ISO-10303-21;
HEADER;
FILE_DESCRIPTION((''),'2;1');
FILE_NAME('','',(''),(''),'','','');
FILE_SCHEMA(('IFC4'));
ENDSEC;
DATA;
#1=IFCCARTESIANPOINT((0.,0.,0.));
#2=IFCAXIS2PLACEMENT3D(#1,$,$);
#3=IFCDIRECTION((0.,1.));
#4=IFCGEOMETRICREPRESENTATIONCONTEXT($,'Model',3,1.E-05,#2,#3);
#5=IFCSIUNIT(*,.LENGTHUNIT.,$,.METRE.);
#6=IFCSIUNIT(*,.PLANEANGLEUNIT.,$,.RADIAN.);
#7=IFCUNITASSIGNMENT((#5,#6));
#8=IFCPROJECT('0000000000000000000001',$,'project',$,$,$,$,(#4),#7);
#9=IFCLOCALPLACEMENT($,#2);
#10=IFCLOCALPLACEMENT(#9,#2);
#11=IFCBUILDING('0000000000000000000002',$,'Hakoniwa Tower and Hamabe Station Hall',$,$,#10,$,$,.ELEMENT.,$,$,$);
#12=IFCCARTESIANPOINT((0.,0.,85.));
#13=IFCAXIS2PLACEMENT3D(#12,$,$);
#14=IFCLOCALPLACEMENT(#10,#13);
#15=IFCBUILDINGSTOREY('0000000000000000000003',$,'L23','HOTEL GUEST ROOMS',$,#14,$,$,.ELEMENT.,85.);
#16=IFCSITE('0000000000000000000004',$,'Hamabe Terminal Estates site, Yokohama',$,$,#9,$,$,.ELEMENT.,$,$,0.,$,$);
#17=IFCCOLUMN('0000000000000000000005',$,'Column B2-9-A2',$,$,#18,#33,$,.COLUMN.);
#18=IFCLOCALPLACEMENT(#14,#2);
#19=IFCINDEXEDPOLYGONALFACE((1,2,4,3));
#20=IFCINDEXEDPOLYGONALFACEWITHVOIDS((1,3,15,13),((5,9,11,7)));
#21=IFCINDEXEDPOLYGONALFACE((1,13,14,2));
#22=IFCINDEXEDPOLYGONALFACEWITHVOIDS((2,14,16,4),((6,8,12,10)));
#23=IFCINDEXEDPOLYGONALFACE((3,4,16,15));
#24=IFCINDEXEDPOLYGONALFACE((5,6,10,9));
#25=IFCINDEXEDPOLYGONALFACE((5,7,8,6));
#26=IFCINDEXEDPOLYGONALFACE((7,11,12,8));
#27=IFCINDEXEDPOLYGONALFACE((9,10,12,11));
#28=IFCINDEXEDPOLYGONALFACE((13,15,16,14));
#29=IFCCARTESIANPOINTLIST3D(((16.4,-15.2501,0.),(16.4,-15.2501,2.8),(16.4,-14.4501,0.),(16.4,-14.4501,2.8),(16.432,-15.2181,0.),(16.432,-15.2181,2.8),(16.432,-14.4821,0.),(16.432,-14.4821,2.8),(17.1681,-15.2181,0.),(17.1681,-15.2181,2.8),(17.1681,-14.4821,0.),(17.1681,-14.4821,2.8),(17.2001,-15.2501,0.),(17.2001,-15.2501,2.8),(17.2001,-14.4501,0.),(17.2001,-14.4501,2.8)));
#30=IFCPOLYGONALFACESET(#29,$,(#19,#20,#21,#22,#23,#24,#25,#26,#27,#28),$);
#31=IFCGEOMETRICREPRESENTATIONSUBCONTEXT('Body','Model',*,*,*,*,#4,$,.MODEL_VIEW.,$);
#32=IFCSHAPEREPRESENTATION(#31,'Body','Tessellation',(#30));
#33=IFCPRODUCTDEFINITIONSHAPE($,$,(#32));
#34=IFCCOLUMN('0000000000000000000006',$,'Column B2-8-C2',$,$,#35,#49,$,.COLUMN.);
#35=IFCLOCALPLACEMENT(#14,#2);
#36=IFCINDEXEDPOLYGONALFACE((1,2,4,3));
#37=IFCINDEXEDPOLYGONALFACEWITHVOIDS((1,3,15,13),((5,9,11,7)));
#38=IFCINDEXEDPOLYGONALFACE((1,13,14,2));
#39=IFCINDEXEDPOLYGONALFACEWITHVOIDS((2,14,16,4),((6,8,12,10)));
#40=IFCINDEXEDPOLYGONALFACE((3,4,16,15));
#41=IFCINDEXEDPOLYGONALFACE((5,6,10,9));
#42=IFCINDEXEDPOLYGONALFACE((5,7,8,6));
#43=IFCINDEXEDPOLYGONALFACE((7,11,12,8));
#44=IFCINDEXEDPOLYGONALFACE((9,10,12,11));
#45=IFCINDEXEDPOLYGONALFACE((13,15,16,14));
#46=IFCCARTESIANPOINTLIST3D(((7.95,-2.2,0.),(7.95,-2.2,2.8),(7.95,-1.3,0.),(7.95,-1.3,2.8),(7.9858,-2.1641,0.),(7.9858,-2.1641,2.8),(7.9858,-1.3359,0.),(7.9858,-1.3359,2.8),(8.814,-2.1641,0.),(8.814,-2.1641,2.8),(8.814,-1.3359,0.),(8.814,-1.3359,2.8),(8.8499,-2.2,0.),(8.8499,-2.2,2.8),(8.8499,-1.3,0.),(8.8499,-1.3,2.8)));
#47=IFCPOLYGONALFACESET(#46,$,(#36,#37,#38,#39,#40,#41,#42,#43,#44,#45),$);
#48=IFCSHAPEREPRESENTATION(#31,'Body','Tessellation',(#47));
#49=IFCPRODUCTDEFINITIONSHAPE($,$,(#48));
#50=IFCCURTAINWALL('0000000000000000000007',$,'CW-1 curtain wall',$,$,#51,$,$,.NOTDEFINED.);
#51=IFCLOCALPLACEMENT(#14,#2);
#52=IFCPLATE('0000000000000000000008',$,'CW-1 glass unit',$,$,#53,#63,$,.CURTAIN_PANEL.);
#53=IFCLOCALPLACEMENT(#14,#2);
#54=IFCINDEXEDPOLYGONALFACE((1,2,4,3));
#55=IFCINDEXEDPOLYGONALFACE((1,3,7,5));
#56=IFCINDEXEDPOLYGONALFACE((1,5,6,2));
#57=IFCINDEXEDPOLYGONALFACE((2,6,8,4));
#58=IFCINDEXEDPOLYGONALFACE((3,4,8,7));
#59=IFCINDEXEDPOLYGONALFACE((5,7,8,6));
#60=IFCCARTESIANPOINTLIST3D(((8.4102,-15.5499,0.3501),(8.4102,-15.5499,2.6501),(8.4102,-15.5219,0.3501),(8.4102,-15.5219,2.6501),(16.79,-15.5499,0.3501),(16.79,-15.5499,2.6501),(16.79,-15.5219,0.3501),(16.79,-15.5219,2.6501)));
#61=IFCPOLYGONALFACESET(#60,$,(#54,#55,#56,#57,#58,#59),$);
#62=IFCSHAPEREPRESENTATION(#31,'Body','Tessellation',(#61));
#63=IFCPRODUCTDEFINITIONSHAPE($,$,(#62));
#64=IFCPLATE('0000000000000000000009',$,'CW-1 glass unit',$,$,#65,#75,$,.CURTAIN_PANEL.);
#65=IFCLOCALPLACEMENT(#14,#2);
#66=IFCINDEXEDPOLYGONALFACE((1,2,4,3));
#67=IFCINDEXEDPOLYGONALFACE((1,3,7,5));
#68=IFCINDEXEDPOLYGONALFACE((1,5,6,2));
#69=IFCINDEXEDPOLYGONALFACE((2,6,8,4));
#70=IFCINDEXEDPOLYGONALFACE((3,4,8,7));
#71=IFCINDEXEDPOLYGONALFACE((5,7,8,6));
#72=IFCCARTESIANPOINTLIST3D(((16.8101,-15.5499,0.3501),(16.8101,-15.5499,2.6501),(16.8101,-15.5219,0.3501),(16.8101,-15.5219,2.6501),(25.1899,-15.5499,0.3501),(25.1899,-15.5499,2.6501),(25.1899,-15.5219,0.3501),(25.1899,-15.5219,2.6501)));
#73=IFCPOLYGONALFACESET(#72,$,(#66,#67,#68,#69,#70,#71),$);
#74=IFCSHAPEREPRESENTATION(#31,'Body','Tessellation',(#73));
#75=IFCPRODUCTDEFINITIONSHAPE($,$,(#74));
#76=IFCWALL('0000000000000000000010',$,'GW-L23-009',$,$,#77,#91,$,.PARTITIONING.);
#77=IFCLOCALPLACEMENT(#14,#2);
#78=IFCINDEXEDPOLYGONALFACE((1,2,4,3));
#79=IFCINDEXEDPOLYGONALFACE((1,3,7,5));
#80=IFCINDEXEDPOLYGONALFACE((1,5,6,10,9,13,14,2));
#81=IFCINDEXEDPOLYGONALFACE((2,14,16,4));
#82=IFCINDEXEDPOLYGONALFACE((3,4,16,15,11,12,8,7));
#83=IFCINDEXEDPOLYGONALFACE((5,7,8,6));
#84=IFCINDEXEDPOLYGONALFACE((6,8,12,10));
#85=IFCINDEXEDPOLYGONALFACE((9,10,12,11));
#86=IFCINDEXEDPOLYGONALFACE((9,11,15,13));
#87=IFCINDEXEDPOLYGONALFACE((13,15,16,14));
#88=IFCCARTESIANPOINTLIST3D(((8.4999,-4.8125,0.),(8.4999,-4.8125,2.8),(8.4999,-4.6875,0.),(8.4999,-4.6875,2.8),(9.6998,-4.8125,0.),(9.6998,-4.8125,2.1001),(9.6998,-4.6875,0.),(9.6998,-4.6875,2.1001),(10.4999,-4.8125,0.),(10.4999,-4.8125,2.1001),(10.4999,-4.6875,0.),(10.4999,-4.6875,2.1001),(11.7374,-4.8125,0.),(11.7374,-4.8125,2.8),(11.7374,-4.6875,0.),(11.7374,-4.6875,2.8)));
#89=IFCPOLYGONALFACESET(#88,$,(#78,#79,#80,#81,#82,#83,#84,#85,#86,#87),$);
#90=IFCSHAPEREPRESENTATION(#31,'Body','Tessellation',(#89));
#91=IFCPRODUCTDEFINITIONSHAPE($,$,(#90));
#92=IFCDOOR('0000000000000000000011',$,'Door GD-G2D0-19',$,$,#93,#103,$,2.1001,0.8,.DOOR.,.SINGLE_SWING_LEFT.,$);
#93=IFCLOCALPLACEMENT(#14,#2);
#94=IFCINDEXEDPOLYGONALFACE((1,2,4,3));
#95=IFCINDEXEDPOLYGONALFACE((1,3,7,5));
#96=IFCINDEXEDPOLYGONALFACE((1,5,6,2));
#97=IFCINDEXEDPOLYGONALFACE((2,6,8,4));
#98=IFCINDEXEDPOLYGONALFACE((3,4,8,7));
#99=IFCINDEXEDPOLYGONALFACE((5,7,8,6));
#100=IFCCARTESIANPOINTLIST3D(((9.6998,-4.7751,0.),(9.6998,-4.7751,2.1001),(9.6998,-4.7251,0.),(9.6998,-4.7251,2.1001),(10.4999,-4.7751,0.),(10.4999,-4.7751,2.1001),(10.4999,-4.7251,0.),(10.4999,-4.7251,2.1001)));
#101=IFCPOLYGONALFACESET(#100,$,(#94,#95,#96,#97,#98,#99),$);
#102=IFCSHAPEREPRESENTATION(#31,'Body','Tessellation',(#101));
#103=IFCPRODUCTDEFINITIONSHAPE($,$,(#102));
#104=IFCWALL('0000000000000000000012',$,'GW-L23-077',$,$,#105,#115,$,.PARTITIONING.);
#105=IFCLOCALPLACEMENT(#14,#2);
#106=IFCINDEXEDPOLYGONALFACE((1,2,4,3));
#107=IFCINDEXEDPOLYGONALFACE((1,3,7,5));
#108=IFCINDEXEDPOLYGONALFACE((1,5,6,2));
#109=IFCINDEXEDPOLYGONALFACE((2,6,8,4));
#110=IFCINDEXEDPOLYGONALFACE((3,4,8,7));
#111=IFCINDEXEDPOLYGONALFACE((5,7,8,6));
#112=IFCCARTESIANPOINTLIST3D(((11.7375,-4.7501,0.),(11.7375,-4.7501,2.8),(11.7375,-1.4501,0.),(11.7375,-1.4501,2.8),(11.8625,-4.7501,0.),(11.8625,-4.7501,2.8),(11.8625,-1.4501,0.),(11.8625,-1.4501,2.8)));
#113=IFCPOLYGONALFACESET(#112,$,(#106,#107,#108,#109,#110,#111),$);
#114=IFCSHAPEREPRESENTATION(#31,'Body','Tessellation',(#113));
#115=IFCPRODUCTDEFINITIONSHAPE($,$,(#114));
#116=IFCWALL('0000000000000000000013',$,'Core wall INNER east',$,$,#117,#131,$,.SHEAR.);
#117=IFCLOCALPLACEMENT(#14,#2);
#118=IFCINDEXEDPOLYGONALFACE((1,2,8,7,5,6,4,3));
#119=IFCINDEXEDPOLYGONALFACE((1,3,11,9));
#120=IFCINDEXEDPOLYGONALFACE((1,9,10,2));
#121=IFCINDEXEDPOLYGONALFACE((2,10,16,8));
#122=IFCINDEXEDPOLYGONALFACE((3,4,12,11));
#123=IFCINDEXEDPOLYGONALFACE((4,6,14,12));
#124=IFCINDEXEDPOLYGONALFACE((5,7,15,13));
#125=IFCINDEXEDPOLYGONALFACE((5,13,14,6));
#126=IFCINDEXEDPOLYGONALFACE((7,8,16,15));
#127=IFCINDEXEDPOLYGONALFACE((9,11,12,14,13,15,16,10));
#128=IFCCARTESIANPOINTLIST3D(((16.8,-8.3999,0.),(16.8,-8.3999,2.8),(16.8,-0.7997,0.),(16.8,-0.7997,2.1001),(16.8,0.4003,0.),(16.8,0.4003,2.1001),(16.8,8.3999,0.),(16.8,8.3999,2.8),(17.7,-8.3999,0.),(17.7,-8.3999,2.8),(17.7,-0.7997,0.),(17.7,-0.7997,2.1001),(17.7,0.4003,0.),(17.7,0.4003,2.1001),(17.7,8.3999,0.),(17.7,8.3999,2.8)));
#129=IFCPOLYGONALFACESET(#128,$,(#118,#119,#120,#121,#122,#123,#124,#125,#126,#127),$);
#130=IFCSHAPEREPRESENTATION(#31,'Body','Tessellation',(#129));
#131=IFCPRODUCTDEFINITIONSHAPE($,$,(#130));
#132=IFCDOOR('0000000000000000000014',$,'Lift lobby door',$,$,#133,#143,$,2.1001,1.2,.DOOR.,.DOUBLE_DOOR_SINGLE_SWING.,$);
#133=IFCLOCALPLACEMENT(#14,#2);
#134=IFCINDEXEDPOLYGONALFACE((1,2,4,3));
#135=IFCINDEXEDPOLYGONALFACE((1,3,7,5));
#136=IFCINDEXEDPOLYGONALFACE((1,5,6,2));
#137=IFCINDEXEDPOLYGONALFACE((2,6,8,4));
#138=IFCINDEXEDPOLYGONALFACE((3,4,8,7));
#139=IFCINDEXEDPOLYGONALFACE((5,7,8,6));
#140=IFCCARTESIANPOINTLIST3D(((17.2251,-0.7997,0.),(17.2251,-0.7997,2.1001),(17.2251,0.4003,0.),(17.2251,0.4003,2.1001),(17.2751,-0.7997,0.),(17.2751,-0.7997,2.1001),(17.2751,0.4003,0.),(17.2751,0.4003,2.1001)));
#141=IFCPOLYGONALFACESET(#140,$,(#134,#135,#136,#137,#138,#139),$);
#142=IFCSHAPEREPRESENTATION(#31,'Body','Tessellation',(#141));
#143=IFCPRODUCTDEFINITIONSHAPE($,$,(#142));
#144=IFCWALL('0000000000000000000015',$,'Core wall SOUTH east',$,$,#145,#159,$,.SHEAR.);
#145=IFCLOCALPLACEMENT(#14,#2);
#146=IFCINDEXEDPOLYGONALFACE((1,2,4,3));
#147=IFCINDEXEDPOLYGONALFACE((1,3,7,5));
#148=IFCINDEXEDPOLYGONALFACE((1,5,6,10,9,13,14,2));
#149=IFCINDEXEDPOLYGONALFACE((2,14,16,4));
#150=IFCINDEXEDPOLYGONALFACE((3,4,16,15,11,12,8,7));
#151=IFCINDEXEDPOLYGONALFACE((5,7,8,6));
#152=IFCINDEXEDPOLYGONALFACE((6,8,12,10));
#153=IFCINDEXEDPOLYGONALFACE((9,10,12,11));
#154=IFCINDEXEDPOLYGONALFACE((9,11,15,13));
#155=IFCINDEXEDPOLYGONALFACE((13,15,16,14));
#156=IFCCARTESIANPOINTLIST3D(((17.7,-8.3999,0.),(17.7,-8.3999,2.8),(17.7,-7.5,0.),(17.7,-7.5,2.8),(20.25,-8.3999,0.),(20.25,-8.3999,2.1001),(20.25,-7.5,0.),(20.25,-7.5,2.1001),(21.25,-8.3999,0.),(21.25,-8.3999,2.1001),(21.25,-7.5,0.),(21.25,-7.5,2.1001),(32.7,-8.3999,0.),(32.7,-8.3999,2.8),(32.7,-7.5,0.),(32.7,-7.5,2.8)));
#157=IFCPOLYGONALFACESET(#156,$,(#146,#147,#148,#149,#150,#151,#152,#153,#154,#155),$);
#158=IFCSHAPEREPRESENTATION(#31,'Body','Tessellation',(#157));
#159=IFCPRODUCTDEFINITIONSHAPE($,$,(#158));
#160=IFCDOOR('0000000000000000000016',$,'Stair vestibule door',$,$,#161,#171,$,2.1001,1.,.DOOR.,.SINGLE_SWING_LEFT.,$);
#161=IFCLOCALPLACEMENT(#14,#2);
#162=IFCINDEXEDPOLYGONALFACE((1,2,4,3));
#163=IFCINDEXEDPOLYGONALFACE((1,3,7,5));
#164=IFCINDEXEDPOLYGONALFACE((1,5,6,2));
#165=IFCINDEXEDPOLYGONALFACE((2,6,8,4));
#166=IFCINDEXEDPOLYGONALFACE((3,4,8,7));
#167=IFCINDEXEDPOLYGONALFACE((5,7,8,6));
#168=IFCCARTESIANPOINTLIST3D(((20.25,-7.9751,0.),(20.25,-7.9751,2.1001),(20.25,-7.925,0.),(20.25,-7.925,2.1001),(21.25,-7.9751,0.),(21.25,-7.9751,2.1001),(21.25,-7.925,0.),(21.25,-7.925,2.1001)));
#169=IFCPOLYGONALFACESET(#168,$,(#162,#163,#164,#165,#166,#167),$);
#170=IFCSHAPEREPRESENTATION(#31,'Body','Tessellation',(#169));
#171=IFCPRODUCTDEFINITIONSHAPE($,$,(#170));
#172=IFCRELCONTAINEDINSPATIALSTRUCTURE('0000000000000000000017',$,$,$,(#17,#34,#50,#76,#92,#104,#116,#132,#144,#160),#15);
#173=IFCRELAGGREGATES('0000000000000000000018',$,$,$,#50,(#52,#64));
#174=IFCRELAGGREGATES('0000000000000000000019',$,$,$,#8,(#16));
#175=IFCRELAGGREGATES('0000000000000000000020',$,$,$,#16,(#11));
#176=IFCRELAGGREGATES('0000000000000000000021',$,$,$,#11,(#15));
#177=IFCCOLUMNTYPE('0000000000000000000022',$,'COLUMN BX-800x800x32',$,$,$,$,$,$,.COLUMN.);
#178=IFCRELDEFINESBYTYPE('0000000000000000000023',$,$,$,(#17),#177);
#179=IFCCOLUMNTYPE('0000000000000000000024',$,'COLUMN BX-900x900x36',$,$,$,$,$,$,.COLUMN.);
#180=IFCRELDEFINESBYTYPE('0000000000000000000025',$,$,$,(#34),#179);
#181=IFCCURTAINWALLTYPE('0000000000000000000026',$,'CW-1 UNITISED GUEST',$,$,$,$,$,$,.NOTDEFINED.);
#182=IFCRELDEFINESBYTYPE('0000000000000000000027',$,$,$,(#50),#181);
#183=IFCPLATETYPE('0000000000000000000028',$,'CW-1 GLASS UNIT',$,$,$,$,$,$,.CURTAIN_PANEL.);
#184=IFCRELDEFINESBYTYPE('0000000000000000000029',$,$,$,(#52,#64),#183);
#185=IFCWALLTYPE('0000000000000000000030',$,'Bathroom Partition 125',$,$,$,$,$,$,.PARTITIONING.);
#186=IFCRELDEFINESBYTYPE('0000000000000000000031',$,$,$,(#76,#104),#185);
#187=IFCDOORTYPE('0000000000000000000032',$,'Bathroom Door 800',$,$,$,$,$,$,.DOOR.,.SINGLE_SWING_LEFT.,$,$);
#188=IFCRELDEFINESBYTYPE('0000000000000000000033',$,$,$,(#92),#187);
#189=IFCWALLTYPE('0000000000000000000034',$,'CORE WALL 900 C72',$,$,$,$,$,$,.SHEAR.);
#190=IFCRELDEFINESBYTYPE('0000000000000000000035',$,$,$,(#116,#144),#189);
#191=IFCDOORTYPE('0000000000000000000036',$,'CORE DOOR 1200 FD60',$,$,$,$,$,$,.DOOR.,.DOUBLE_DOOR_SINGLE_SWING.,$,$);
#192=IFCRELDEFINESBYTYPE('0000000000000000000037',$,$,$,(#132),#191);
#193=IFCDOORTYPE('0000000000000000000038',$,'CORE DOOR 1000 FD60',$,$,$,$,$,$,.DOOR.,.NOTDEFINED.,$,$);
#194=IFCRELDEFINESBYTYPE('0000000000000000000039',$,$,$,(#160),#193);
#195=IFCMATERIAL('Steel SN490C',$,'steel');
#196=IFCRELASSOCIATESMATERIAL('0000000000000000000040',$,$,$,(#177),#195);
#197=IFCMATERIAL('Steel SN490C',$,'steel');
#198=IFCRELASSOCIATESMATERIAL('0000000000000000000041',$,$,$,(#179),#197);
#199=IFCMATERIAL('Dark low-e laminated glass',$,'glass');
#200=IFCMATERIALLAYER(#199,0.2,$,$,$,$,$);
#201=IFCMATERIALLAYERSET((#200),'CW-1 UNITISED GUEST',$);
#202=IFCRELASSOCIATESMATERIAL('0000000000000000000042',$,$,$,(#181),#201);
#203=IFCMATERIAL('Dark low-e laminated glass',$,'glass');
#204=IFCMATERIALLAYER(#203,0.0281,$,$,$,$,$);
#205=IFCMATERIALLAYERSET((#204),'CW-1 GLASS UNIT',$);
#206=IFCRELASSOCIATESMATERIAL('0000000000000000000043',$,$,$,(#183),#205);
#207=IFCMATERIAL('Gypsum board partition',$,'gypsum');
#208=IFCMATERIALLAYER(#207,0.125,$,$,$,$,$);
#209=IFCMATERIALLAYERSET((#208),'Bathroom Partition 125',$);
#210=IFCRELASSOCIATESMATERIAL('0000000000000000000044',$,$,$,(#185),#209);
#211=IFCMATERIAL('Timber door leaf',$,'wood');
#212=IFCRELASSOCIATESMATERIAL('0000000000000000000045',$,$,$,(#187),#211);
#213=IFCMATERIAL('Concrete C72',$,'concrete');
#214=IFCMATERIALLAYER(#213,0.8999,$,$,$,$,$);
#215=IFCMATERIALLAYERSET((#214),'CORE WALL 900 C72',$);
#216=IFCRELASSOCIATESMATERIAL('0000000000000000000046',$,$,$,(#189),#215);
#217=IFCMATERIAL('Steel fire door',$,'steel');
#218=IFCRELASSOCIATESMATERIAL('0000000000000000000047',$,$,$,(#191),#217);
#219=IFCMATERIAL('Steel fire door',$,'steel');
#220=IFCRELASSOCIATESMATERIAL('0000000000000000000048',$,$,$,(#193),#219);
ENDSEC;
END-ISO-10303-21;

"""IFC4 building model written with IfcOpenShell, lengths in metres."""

from ifc_helpers import new_model, si_unit, direction, frame, frame_2d, origin, origin_2d, place, context, subcontext, project, spatial, rectangle, hollow_rectangle, extrude, material, layer, layer_set, material_profile, profile_set, type_object, element, fill, aggregate, save


model = new_model("IFC4")

# Units and contexts
model_context = context("Model", 3, precision=1e-05, world=origin(), true_north=direction((0.0, 1.0)))
body_context = subcontext(model_context, "Body", "Model", "MODEL_VIEW")
ifc_project = project(units=[si_unit("LENGTHUNIT", "METRE"), si_unit("PLANEANGLEUNIT", "RADIAN")], contexts=[model_context])

# Site, building, storey
site_placement = place(None, origin())
site = spatial("IfcSite", under=ifc_project, at=site_placement, Name="Hamabe Terminal Estates site, Yokohama", CompositionType="ELEMENT", RefElevation=0.0)
building_placement = place(site_placement, origin())
building = spatial("IfcBuilding", under=site, at=building_placement, Name="Hakoniwa Tower and Hamabe Station Hall", CompositionType="ELEMENT")
storey_placement = place(building_placement, frame((0.0, 0.0, 85.0)))
storey = spatial("IfcBuildingStorey", under=building, at=storey_placement, Name="L23", Description="HOTEL GUEST ROOMS", CompositionType="ELEMENT", Elevation=85.0)

# Columns
ifc_material_1 = material(Name="Steel SN490C", Category="steel")
ifc_material_profile_1 = material_profile(ifc_material_1, hollow_rectangle(XDim=0.8, YDim=0.8, WallThickness=0.032, at=origin_2d()), Name="BX-800x800x32")
ifc_profile_set_1 = profile_set([ifc_material_profile_1], Name="Steel SN490C")
column_type_1 = type_object("IfcColumnType", Name="COLUMN BX-800x800x32", PredefinedType="COLUMN", material=ifc_profile_set_1)
column_1_placement = place(storey_placement, frame((16.8, -14.8501, 0.0), z_axis=(0.0, 0.0, 1.0), x_axis=(1.0, 0.0, 0.0)))
element("IfcColumn", 1, at=column_1_placement, inside=storey, type_object=column_type_1, Name="Column B2-9-A2", PredefinedType="COLUMN", context=body_context, shape_type="SweptSolid", body=[
    extrude(hollow_rectangle(XDim=0.8, YDim=0.8, WallThickness=0.032, at=origin_2d()), origin(), (0.0, 0.0, 1.0), 2.8),
])
ifc_material_2 = material(Name="Steel SN490C", Category="steel")
ifc_material_profile_2 = material_profile(ifc_material_2, hollow_rectangle(XDim=0.8999, YDim=0.8999, WallThickness=0.0359, at=origin_2d()), Name="BX-900x900x36")
ifc_profile_set_2 = profile_set([ifc_material_profile_2], Name="Steel SN490C")
column_type_2 = type_object("IfcColumnType", Name="COLUMN BX-900x900x36", PredefinedType="COLUMN", material=ifc_profile_set_2)
column_2_placement = place(storey_placement, frame((8.3999, -1.75, 0.0), z_axis=(0.0, 0.0, 1.0), x_axis=(1.0, 0.0, 0.0)))
element("IfcColumn", 2, at=column_2_placement, inside=storey, type_object=column_type_2, Name="Column B2-8-C2", PredefinedType="COLUMN", context=body_context, shape_type="SweptSolid", body=[
    extrude(hollow_rectangle(XDim=0.8999, YDim=0.8999, WallThickness=0.0359, at=origin_2d()), origin(), (0.0, 0.0, 1.0), 2.8),
])

# Curtain wall, plates
ifc_material_3 = material(Name="Dark low-e laminated glass", Category="glass")
ifc_layer_1 = layer(ifc_material_3, 0.2)
ifc_layer_set_1 = layer_set([ifc_layer_1], Name="CW-1 UNITISED GUEST")
curtain_wall_type = type_object("IfcCurtainWallType", Name="CW-1 UNITISED GUEST", PredefinedType="NOTDEFINED", material=ifc_layer_set_1)
curtain_wall_placement = place(storey_placement, origin())
curtain_wall = element("IfcCurtainWall", 3, at=curtain_wall_placement, inside=storey, type_object=curtain_wall_type, Name="CW-1 curtain wall", PredefinedType="NOTDEFINED")
ifc_material_4 = material(Name="Dark low-e laminated glass", Category="glass")
ifc_layer_2 = layer(ifc_material_4, 0.0281)
ifc_layer_set_2 = layer_set([ifc_layer_2], Name="CW-1 GLASS UNIT")
plate_type = type_object("IfcPlateType", Name="CW-1 GLASS UNIT", PredefinedType="CURTAIN_PANEL", material=ifc_layer_set_2)
plate_1_placement = place(storey_placement, frame((12.6001, -15.5359, 0.3501), z_axis=(0.0, 0.0, 1.0), x_axis=(1.0, 0.0, 0.0)))
plate_1 = element("IfcPlate", 4, at=plate_1_placement, type_object=plate_type, Name="CW-1 glass unit", PredefinedType="CURTAIN_PANEL", context=body_context, shape_type="SweptSolid", body=[
    extrude(rectangle(XDim=8.3799, YDim=0.0281, at=origin_2d()), origin(), (0.0, 0.0, 1.0), 2.3),
])
plate_2_placement = place(storey_placement, frame((21.0, -15.5359, 0.3501), z_axis=(0.0, 0.0, 1.0), x_axis=(1.0, 0.0, 0.0)))
plate_2 = element("IfcPlate", 5, at=plate_2_placement, type_object=plate_type, Name="CW-1 glass unit", PredefinedType="CURTAIN_PANEL", context=body_context, shape_type="SweptSolid", body=[
    extrude(rectangle(XDim=8.3799, YDim=0.0281, at=origin_2d()), origin(), (0.0, 0.0, 1.0), 2.3),
])
aggregate(curtain_wall, [plate_1, plate_2])

# Wall, opening, door
ifc_material_5 = material(Name="Gypsum board partition", Category="gypsum")
ifc_layer_3 = layer(ifc_material_5, 0.125)
ifc_layer_set_3 = layer_set([ifc_layer_3], Name="Bathroom Partition 125")
wall_type_1 = type_object("IfcWallType", Name="Bathroom Partition 125", PredefinedType="PARTITIONING", material=ifc_layer_set_3)
wall_1_placement = place(storey_placement, frame((8.5, -4.75, 0.0), z_axis=(0.0, 0.0, 1.0), x_axis=(1.0, 0.0, 0.0)))
wall_1 = element("IfcWall", 6, at=wall_1_placement, inside=storey, type_object=wall_type_1, Name="GW-L23-009", PredefinedType="PARTITIONING", context=body_context, shape_type="SweptSolid", body=[
    extrude(rectangle(XDim=3.2375, YDim=0.125, at=frame_2d((1.6187, 0.0))), origin(), (0.0, 0.0, 1.0), 2.8),
])
opening_1_placement = place(wall_1_placement, frame((1.2, 0.0, 0.0)))
opening_1 = element("IfcOpeningElement", 7, at=opening_1_placement, cuts=wall_1, PredefinedType="OPENING", context=body_context, shape_type="SweptSolid", body=[
    extrude(rectangle(XDim=0.8, YDim=2.1001, at=frame_2d((0.3999, 1.05))), frame((0.0, 0.0725, 0.0), z_axis=(0.0, -1.0, 0.0), x_axis=(1.0, 0.0, 0.0)), (0.0, 0.0, 1.0), 0.145),
])
ifc_material_6 = material(Name="Timber door leaf", Category="wood")
door_type_1 = type_object("IfcDoorType", Name="Bathroom Door 800", OperationType="SINGLE_SWING_LEFT", PredefinedType="DOOR", material=ifc_material_6)
door_1_placement = place(opening_1_placement, origin())
door_1 = element("IfcDoor", 8, at=door_1_placement, inside=storey, type_object=door_type_1, Name="Door GD-G2D0-19", OperationType="SINGLE_SWING_LEFT", OverallHeight=2.1001, OverallWidth=0.8, PredefinedType="DOOR", context=body_context, shape_type="SweptSolid", body=[
    extrude(rectangle(XDim=0.8, YDim=2.1001, at=frame_2d((0.3999, 1.05))), frame((0.0, 0.0249, 0.0), z_axis=(0.0, -1.0, 0.0), x_axis=(1.0, 0.0, 0.0)), (0.0, 0.0, 1.0), 0.05),
])
fill(opening_1, door_1)

# Wall
wall_2_placement = place(storey_placement, frame((11.8, -4.75, 0.0), z_axis=(0.0, 0.0, 1.0), x_axis=(0.0, 1.0, 0.0)))
element("IfcWall", 9, at=wall_2_placement, inside=storey, type_object=wall_type_1, Name="GW-L23-077", PredefinedType="PARTITIONING", context=body_context, shape_type="SweptSolid", body=[
    extrude(rectangle(XDim=3.3, YDim=0.125, at=frame_2d((1.6499, 0.0))), origin(), (0.0, 0.0, 1.0), 2.8),
])

# Walls, openings, doors
ifc_material_7 = material(Name="Concrete C72", Category="concrete")
ifc_layer_4 = layer(ifc_material_7, 0.8999)
ifc_layer_set_4 = layer_set([ifc_layer_4], Name="CORE WALL 900 C72")
wall_type_2 = type_object("IfcWallType", Name="CORE WALL 900 C72", PredefinedType="SHEAR", material=ifc_layer_set_4)
wall_3_placement = place(storey_placement, frame((17.25, -8.3999, 0.0), z_axis=(0.0, 0.0, 1.0), x_axis=(0.0, 1.0, 0.0)))
wall_3 = element("IfcWall", 10, at=wall_3_placement, inside=storey, type_object=wall_type_2, Name="Core wall INNER east", PredefinedType="SHEAR", context=body_context, shape_type="SweptSolid", body=[
    extrude(rectangle(XDim=16.7998, YDim=0.8999, at=frame_2d((8.3999, 0.0))), origin(), (0.0, 0.0, 1.0), 2.8),
])
opening_2_placement = place(wall_3_placement, frame((7.6001, 0.0, 0.0)))
opening_2 = element("IfcOpeningElement", 11, at=opening_2_placement, cuts=wall_3, PredefinedType="OPENING", context=body_context, shape_type="SweptSolid", body=[
    extrude(rectangle(XDim=1.2, YDim=2.1001, at=frame_2d((0.6001, 1.05))), frame((0.0, 0.46, 0.0), z_axis=(0.0, -1.0, 0.0), x_axis=(1.0, 0.0, 0.0)), (0.0, 0.0, 1.0), 0.9199),
])
ifc_material_8 = material(Name="Steel fire door", Category="steel")
door_type_2 = type_object("IfcDoorType", Name="CORE DOOR 1200 FD60", OperationType="DOUBLE_DOOR_SINGLE_SWING", PredefinedType="DOOR", material=ifc_material_8)
door_2_placement = place(opening_2_placement, origin())
door_2 = element("IfcDoor", 12, at=door_2_placement, inside=storey, type_object=door_type_2, Name="Lift lobby door", OperationType="DOUBLE_DOOR_SINGLE_SWING", OverallHeight=2.1001, OverallWidth=1.2, PredefinedType="DOOR", context=body_context, shape_type="SweptSolid", body=[
    extrude(rectangle(XDim=1.2, YDim=2.1001, at=frame_2d((0.6001, 1.05))), frame((0.0, 0.0249, 0.0), z_axis=(0.0, -1.0, 0.0), x_axis=(1.0, 0.0, 0.0)), (0.0, 0.0, 1.0), 0.05),
])
fill(opening_2, door_2)
wall_4_placement = place(storey_placement, frame((17.7, -7.95, 0.0), z_axis=(0.0, 0.0, 1.0), x_axis=(1.0, 0.0, 0.0)))
wall_4 = element("IfcWall", 13, at=wall_4_placement, inside=storey, type_object=wall_type_2, Name="Core wall SOUTH east", PredefinedType="SHEAR", context=body_context, shape_type="SweptSolid", body=[
    extrude(rectangle(XDim=15.0, YDim=0.8999, at=frame_2d((7.5, 0.0))), origin(), (0.0, 0.0, 1.0), 2.8),
])
opening_3_placement = place(wall_4_placement, frame((2.55, 0.0, 0.0)))
opening_3 = element("IfcOpeningElement", 14, at=opening_3_placement, cuts=wall_4, PredefinedType="OPENING", context=body_context, shape_type="SweptSolid", body=[
    extrude(rectangle(XDim=1.0, YDim=2.1001, at=frame_2d((0.5, 1.05))), frame((0.0, 0.46, 0.0), z_axis=(0.0, -1.0, 0.0), x_axis=(1.0, 0.0, 0.0)), (0.0, 0.0, 1.0), 0.9199),
])
ifc_material_9 = material(Name="Steel fire door", Category="steel")
door_type_3 = type_object("IfcDoorType", Name="CORE DOOR 1000 FD60", OperationType="NOTDEFINED", PredefinedType="DOOR", material=ifc_material_9)
door_3_placement = place(opening_3_placement, origin())
door_3 = element("IfcDoor", 15, at=door_3_placement, inside=storey, type_object=door_type_3, Name="Stair vestibule door", OperationType="SINGLE_SWING_LEFT", OverallHeight=2.1001, OverallWidth=1.0, PredefinedType="DOOR", context=body_context, shape_type="SweptSolid", body=[
    extrude(rectangle(XDim=1.0, YDim=2.1001, at=frame_2d((0.5, 1.05))), frame((0.0, 0.0249, 0.0), z_axis=(0.0, -1.0, 0.0), x_axis=(1.0, 0.0, 0.0)), (0.0, 0.0, 1.0), 0.05),
])
fill(opening_3, door_3)

save(model, "model.ifc")
